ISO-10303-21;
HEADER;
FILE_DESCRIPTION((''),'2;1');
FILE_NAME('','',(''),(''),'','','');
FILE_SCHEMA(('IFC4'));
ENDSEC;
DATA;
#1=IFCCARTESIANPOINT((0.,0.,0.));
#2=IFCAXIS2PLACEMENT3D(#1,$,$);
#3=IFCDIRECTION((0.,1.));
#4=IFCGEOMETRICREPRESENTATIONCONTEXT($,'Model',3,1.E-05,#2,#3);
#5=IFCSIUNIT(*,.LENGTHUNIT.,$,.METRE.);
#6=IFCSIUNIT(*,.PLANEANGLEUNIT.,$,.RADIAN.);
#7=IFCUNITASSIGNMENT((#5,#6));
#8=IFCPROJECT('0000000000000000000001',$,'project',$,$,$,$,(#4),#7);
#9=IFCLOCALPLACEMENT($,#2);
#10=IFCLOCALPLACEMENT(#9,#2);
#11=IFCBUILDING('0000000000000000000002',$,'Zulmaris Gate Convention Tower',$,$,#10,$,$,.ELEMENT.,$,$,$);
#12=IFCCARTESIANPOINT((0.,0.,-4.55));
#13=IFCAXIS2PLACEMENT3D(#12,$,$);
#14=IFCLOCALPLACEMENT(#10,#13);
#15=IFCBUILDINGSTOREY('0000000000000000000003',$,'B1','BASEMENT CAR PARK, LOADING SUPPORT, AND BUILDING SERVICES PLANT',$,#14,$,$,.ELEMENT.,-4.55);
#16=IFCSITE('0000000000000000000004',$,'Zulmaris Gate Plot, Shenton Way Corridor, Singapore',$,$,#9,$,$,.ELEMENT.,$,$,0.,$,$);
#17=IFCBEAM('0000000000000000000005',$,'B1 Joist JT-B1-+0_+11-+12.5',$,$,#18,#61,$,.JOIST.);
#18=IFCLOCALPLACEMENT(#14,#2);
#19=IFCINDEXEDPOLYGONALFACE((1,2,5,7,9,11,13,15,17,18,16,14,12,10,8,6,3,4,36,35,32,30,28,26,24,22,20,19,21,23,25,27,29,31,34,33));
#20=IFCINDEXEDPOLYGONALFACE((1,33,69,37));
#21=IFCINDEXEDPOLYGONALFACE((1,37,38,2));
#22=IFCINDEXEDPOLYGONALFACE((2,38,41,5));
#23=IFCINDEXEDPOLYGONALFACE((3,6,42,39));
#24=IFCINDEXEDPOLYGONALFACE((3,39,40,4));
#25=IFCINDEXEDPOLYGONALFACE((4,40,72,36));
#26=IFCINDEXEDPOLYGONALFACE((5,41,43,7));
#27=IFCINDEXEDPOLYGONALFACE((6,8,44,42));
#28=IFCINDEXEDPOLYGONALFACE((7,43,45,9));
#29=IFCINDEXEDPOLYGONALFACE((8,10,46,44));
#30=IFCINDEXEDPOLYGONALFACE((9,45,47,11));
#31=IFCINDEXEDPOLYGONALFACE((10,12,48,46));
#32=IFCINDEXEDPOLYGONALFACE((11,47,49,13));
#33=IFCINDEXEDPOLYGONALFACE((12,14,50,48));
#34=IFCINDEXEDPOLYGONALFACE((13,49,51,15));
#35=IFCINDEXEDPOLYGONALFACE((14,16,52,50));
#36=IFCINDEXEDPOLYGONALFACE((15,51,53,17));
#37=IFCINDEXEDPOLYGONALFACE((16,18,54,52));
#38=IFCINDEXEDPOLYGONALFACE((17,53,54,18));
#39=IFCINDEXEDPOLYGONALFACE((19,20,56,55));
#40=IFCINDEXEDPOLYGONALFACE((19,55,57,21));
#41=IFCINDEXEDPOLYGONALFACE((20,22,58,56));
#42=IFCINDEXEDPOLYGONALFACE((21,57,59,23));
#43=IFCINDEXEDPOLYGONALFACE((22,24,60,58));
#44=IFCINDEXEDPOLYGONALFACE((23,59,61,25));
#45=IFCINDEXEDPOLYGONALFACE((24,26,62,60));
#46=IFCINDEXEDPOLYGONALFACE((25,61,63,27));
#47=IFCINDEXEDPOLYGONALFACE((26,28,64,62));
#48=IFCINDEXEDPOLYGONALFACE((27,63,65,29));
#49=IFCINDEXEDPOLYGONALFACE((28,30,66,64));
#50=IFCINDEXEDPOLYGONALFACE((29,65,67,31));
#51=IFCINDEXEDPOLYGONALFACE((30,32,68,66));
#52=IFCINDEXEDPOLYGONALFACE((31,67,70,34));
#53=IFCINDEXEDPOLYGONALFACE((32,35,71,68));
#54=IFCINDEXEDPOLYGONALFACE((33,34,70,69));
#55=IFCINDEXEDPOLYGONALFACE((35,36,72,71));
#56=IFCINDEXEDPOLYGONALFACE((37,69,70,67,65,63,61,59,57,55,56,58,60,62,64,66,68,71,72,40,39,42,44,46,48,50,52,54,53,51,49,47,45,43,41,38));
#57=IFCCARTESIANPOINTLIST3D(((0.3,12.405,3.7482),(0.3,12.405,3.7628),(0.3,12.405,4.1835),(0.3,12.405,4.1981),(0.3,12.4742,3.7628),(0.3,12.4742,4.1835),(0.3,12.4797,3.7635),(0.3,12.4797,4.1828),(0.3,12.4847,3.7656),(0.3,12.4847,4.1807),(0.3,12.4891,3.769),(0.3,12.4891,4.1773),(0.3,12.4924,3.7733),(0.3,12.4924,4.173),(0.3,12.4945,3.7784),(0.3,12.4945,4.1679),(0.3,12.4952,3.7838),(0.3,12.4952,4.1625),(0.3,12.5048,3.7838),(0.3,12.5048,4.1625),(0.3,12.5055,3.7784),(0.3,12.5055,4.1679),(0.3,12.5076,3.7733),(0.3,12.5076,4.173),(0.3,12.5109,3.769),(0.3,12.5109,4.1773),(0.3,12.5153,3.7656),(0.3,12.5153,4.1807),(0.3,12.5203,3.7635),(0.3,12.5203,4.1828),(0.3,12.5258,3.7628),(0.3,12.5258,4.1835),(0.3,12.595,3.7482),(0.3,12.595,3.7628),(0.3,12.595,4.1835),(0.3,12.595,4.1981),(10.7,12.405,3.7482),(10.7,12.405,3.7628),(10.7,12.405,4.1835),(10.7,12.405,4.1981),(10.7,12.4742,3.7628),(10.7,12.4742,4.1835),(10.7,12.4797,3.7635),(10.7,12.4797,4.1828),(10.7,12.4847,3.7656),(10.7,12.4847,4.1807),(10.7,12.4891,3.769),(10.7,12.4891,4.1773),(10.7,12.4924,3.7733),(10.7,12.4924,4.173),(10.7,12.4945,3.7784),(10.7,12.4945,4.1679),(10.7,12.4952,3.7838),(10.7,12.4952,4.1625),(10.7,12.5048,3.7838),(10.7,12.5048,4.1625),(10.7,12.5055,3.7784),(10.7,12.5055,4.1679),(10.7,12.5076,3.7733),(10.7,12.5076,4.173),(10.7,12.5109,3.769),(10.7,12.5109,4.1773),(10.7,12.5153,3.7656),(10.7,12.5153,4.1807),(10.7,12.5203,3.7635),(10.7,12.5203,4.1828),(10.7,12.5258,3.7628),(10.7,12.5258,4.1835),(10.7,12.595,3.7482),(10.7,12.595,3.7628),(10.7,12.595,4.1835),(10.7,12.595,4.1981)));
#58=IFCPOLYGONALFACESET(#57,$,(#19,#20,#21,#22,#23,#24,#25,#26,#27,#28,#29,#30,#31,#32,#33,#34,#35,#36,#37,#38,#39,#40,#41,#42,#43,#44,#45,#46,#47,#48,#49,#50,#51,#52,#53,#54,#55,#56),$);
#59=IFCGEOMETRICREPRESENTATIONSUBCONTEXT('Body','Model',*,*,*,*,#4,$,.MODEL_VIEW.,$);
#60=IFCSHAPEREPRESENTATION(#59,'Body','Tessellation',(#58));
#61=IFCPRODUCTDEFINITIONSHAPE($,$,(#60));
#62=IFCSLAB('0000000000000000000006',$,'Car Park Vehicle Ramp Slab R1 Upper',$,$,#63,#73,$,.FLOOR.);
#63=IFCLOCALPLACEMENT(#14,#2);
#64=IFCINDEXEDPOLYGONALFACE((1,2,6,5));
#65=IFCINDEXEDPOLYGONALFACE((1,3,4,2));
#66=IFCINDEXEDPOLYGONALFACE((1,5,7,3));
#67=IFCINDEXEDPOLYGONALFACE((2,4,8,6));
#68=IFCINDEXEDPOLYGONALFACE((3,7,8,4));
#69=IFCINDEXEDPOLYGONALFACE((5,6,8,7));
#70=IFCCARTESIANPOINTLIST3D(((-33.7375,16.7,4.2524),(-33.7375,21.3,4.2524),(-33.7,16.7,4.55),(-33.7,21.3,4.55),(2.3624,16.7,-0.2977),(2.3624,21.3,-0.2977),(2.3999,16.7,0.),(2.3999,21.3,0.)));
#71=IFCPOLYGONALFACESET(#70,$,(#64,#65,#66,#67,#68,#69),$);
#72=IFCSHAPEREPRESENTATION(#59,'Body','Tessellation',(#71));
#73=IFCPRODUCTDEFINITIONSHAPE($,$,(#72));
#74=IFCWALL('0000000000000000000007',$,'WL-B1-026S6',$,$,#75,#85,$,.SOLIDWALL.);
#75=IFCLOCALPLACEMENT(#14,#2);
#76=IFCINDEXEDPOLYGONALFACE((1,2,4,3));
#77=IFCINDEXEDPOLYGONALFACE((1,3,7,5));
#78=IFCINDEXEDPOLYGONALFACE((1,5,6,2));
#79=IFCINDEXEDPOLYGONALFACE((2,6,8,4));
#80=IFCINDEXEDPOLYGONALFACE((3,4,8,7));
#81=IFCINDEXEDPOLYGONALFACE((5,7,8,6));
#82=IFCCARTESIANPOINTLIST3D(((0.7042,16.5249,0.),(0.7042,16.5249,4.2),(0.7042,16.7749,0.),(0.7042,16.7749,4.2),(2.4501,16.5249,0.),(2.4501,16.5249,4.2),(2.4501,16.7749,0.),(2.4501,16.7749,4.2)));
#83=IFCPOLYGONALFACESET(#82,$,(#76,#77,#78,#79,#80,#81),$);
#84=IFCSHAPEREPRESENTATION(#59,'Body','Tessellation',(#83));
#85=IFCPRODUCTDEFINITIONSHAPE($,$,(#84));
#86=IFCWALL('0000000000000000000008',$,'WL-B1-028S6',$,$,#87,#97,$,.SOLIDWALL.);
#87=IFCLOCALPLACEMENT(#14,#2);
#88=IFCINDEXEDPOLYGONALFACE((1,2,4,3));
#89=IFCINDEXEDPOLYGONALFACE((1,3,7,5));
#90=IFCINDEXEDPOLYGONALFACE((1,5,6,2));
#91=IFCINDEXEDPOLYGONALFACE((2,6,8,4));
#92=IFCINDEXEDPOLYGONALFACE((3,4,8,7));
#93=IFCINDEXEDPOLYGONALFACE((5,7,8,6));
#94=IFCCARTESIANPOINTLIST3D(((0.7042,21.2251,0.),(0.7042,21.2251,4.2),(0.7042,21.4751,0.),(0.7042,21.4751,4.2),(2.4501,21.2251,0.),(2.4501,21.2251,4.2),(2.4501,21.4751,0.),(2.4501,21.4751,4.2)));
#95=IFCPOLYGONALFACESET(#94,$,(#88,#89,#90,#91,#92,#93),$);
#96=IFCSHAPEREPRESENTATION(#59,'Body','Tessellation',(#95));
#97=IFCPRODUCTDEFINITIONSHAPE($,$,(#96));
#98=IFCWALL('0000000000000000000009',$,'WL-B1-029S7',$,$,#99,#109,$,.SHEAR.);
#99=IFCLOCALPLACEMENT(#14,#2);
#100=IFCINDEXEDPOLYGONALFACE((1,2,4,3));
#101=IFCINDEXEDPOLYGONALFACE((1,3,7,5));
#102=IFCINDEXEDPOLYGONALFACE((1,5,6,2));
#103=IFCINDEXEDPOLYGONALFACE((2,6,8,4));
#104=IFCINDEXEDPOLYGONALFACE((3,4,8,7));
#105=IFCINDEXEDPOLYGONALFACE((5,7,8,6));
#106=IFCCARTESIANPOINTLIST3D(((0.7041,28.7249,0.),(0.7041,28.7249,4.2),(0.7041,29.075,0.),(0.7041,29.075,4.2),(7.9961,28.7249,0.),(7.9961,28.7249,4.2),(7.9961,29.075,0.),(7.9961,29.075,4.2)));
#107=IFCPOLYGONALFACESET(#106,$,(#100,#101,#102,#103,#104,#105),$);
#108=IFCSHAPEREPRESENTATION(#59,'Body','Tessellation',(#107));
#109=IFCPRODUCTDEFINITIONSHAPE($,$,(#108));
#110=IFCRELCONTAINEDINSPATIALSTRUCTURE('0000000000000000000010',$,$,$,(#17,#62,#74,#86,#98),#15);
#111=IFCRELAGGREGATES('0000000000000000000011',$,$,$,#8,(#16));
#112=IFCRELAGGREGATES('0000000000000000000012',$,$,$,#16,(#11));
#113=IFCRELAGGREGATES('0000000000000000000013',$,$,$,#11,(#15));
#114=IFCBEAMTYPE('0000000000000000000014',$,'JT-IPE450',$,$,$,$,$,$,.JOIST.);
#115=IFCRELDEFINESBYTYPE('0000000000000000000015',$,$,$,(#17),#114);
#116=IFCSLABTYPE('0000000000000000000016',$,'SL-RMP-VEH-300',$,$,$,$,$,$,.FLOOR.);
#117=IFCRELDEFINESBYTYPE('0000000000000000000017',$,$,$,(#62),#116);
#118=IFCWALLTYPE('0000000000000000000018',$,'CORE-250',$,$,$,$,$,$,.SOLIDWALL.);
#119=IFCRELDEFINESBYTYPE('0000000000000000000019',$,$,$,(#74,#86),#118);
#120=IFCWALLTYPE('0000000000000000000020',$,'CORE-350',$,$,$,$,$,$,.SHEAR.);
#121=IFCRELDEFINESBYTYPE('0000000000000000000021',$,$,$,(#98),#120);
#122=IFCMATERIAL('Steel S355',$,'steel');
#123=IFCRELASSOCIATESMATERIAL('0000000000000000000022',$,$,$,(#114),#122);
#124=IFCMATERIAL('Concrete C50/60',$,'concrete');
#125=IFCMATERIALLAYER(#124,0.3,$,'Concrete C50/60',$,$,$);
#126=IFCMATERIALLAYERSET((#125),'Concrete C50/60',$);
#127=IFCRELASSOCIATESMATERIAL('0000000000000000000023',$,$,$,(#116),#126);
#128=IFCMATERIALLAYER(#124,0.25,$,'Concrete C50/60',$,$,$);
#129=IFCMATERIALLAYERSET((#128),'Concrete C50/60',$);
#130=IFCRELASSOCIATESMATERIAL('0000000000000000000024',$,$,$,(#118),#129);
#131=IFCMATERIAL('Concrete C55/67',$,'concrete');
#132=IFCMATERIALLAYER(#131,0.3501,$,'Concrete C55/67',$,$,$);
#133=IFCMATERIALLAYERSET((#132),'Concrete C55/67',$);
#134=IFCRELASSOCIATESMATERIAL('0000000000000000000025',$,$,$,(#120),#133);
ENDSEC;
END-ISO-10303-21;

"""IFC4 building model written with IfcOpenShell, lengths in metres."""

from ifc_helpers import new_model, si_unit, direction, frame, frame_2d, origin, origin_2d, place, context, subcontext, project, spatial, polyline, rectangle, i_section, outline, extrude, material, layer, layer_set, material_profile, profile_set, type_object, element, save


model = new_model("IFC4")

# Units and contexts
model_context = context("Model", 3, precision=1e-05, world=origin(), true_north=direction((0.0, 1.0)))
body_context = subcontext(model_context, "Body", "Model", "MODEL_VIEW")
ifc_project = project(units=[si_unit("LENGTHUNIT", "METRE"), si_unit("PLANEANGLEUNIT", "RADIAN")], contexts=[model_context])

# Site, building, storey
site_placement = place(None, origin())
site = spatial("IfcSite", under=ifc_project, at=site_placement, Name="Zulmaris Gate Plot, Shenton Way Corridor, Singapore", CompositionType="ELEMENT", RefElevation=0.0)
building_placement = place(site_placement, origin())
building = spatial("IfcBuilding", under=site, at=building_placement, Name="Zulmaris Gate Convention Tower", CompositionType="ELEMENT")
storey_placement = place(building_placement, frame((0.0, 0.0, -4.55)))
storey = spatial("IfcBuildingStorey", under=building, at=storey_placement, Name="B1", Description="BASEMENT CAR PARK, LOADING SUPPORT, AND BUILDING SERVICES PLANT", CompositionType="ELEMENT", Elevation=-4.55)

# Beam
ifc_material_1 = material(Name="Steel S355", Category="steel")
ifc_material_profile_1 = material_profile(ifc_material_1, i_section(OverallWidth=0.1899, OverallDepth=0.45, WebThickness=0.0095, FlangeThickness=0.0146, FilletRadius=0.021, at=origin_2d()), Name="IPE 450")
ifc_profile_set_1 = profile_set([ifc_material_profile_1], Name="Steel S355")
beam_type_1 = type_object("IfcBeamType", Name="JT-IPE450", PredefinedType="JOIST", material=ifc_profile_set_1)
beam_1_placement = place(storey_placement, frame((0.3, 12.5, 3.9731), z_axis=(1.0, 0.0, 0.0), x_axis=(0.0, 1.0, 0.0)))
element("IfcBeam", 1, at=beam_1_placement, inside=storey, type_object=beam_type_1, Name="B1 Joist JT-B1-+0_+11-+12.5", PredefinedType="JOIST", context=body_context, shape_type="SweptSolid", body=[
    extrude(i_section(OverallWidth=0.1899, OverallDepth=0.45, WebThickness=0.0095, FlangeThickness=0.0146, FilletRadius=0.021, at=origin_2d()), origin(), (0.0, 0.0, 1.0), 10.3999),
])

# Slab
ifc_material_2 = material(Name="Concrete C50/60", Category="concrete")
ifc_layer_1 = layer(ifc_material_2, 0.3, Name="Concrete C50/60")
ifc_layer_set_1 = layer_set([ifc_layer_1], Name="Concrete C50/60")
slab_type = type_object("IfcSlabType", Name="SL-RMP-VEH-300", PredefinedType="FLOOR", material=ifc_layer_set_1)
slab_placement = place(storey_placement, frame((2.3999, 16.7, 0.0), z_axis=(0.125051, 0.0, 0.99215), x_axis=(-0.99215, 0.0, 0.125051)))
element("IfcSlab", 2, at=slab_placement, inside=storey, type_object=slab_type, Name="Car Park Vehicle Ramp Slab R1 Upper", PredefinedType="FLOOR", context=body_context, shape_type="SweptSolid", body=[
    extrude(outline(polyline([(0.0, 0.0), (36.3855, 0.0), (36.3855, -4.6001), (0.0, -4.6001), (0.0, 0.0)])), origin(), (0.0, 0.0, -1.0), 0.3),
])

# Walls
ifc_layer_2 = layer(ifc_material_2, 0.25, Name="Concrete C50/60")
ifc_layer_set_2 = layer_set([ifc_layer_2], Name="Concrete C50/60")
wall_type_1 = type_object("IfcWallType", Name="CORE-250", PredefinedType="SOLIDWALL", material=ifc_layer_set_2)
for number, where, z_axis, x_axis, name in (
    (3, (0.7041, 16.6499, 0.0), (0.0, 0.0, 1.0), (1.0, 0.0, 0.0), "WL-B1-026S6"),
    (4, (0.7041, 21.3501, 0.0), (0.0, 0.0, 1.0), (1.0, 0.0, 0.0), "WL-B1-028S6"),
):
    element("IfcWall", number, at=place(storey_placement, frame(where, z_axis=z_axis, x_axis=x_axis)), inside=storey, type_object=wall_type_1, Name=name, PredefinedType="SOLIDWALL", context=body_context, shape_type="SweptSolid", body=[
        extrude(rectangle(XDim=1.7458, YDim=0.25, at=frame_2d((0.873, 0.0))), origin(), (0.0, 0.0, 1.0), 4.2),
    ])
ifc_material_3 = material(Name="Concrete C55/67", Category="concrete")
ifc_layer_3 = layer(ifc_material_3, 0.3501, Name="Concrete C55/67")
ifc_layer_set_3 = layer_set([ifc_layer_3], Name="Concrete C55/67")
wall_type_2 = type_object("IfcWallType", Name="CORE-350", PredefinedType="SHEAR", material=ifc_layer_set_3)
wall_placement = place(storey_placement, frame((0.7041, 28.8999, 0.0), z_axis=(0.0, 0.0, 1.0), x_axis=(1.0, 0.0, 0.0)))
element("IfcWall", 5, at=wall_placement, inside=storey, type_object=wall_type_2, Name="WL-B1-029S7", PredefinedType="SHEAR", context=body_context, shape_type="SweptSolid", body=[
    extrude(rectangle(XDim=7.292, YDim=0.3501, at=frame_2d((3.646, 0.0))), origin(), (0.0, 0.0, 1.0), 4.2),
])

save(model, "model.ifc")
